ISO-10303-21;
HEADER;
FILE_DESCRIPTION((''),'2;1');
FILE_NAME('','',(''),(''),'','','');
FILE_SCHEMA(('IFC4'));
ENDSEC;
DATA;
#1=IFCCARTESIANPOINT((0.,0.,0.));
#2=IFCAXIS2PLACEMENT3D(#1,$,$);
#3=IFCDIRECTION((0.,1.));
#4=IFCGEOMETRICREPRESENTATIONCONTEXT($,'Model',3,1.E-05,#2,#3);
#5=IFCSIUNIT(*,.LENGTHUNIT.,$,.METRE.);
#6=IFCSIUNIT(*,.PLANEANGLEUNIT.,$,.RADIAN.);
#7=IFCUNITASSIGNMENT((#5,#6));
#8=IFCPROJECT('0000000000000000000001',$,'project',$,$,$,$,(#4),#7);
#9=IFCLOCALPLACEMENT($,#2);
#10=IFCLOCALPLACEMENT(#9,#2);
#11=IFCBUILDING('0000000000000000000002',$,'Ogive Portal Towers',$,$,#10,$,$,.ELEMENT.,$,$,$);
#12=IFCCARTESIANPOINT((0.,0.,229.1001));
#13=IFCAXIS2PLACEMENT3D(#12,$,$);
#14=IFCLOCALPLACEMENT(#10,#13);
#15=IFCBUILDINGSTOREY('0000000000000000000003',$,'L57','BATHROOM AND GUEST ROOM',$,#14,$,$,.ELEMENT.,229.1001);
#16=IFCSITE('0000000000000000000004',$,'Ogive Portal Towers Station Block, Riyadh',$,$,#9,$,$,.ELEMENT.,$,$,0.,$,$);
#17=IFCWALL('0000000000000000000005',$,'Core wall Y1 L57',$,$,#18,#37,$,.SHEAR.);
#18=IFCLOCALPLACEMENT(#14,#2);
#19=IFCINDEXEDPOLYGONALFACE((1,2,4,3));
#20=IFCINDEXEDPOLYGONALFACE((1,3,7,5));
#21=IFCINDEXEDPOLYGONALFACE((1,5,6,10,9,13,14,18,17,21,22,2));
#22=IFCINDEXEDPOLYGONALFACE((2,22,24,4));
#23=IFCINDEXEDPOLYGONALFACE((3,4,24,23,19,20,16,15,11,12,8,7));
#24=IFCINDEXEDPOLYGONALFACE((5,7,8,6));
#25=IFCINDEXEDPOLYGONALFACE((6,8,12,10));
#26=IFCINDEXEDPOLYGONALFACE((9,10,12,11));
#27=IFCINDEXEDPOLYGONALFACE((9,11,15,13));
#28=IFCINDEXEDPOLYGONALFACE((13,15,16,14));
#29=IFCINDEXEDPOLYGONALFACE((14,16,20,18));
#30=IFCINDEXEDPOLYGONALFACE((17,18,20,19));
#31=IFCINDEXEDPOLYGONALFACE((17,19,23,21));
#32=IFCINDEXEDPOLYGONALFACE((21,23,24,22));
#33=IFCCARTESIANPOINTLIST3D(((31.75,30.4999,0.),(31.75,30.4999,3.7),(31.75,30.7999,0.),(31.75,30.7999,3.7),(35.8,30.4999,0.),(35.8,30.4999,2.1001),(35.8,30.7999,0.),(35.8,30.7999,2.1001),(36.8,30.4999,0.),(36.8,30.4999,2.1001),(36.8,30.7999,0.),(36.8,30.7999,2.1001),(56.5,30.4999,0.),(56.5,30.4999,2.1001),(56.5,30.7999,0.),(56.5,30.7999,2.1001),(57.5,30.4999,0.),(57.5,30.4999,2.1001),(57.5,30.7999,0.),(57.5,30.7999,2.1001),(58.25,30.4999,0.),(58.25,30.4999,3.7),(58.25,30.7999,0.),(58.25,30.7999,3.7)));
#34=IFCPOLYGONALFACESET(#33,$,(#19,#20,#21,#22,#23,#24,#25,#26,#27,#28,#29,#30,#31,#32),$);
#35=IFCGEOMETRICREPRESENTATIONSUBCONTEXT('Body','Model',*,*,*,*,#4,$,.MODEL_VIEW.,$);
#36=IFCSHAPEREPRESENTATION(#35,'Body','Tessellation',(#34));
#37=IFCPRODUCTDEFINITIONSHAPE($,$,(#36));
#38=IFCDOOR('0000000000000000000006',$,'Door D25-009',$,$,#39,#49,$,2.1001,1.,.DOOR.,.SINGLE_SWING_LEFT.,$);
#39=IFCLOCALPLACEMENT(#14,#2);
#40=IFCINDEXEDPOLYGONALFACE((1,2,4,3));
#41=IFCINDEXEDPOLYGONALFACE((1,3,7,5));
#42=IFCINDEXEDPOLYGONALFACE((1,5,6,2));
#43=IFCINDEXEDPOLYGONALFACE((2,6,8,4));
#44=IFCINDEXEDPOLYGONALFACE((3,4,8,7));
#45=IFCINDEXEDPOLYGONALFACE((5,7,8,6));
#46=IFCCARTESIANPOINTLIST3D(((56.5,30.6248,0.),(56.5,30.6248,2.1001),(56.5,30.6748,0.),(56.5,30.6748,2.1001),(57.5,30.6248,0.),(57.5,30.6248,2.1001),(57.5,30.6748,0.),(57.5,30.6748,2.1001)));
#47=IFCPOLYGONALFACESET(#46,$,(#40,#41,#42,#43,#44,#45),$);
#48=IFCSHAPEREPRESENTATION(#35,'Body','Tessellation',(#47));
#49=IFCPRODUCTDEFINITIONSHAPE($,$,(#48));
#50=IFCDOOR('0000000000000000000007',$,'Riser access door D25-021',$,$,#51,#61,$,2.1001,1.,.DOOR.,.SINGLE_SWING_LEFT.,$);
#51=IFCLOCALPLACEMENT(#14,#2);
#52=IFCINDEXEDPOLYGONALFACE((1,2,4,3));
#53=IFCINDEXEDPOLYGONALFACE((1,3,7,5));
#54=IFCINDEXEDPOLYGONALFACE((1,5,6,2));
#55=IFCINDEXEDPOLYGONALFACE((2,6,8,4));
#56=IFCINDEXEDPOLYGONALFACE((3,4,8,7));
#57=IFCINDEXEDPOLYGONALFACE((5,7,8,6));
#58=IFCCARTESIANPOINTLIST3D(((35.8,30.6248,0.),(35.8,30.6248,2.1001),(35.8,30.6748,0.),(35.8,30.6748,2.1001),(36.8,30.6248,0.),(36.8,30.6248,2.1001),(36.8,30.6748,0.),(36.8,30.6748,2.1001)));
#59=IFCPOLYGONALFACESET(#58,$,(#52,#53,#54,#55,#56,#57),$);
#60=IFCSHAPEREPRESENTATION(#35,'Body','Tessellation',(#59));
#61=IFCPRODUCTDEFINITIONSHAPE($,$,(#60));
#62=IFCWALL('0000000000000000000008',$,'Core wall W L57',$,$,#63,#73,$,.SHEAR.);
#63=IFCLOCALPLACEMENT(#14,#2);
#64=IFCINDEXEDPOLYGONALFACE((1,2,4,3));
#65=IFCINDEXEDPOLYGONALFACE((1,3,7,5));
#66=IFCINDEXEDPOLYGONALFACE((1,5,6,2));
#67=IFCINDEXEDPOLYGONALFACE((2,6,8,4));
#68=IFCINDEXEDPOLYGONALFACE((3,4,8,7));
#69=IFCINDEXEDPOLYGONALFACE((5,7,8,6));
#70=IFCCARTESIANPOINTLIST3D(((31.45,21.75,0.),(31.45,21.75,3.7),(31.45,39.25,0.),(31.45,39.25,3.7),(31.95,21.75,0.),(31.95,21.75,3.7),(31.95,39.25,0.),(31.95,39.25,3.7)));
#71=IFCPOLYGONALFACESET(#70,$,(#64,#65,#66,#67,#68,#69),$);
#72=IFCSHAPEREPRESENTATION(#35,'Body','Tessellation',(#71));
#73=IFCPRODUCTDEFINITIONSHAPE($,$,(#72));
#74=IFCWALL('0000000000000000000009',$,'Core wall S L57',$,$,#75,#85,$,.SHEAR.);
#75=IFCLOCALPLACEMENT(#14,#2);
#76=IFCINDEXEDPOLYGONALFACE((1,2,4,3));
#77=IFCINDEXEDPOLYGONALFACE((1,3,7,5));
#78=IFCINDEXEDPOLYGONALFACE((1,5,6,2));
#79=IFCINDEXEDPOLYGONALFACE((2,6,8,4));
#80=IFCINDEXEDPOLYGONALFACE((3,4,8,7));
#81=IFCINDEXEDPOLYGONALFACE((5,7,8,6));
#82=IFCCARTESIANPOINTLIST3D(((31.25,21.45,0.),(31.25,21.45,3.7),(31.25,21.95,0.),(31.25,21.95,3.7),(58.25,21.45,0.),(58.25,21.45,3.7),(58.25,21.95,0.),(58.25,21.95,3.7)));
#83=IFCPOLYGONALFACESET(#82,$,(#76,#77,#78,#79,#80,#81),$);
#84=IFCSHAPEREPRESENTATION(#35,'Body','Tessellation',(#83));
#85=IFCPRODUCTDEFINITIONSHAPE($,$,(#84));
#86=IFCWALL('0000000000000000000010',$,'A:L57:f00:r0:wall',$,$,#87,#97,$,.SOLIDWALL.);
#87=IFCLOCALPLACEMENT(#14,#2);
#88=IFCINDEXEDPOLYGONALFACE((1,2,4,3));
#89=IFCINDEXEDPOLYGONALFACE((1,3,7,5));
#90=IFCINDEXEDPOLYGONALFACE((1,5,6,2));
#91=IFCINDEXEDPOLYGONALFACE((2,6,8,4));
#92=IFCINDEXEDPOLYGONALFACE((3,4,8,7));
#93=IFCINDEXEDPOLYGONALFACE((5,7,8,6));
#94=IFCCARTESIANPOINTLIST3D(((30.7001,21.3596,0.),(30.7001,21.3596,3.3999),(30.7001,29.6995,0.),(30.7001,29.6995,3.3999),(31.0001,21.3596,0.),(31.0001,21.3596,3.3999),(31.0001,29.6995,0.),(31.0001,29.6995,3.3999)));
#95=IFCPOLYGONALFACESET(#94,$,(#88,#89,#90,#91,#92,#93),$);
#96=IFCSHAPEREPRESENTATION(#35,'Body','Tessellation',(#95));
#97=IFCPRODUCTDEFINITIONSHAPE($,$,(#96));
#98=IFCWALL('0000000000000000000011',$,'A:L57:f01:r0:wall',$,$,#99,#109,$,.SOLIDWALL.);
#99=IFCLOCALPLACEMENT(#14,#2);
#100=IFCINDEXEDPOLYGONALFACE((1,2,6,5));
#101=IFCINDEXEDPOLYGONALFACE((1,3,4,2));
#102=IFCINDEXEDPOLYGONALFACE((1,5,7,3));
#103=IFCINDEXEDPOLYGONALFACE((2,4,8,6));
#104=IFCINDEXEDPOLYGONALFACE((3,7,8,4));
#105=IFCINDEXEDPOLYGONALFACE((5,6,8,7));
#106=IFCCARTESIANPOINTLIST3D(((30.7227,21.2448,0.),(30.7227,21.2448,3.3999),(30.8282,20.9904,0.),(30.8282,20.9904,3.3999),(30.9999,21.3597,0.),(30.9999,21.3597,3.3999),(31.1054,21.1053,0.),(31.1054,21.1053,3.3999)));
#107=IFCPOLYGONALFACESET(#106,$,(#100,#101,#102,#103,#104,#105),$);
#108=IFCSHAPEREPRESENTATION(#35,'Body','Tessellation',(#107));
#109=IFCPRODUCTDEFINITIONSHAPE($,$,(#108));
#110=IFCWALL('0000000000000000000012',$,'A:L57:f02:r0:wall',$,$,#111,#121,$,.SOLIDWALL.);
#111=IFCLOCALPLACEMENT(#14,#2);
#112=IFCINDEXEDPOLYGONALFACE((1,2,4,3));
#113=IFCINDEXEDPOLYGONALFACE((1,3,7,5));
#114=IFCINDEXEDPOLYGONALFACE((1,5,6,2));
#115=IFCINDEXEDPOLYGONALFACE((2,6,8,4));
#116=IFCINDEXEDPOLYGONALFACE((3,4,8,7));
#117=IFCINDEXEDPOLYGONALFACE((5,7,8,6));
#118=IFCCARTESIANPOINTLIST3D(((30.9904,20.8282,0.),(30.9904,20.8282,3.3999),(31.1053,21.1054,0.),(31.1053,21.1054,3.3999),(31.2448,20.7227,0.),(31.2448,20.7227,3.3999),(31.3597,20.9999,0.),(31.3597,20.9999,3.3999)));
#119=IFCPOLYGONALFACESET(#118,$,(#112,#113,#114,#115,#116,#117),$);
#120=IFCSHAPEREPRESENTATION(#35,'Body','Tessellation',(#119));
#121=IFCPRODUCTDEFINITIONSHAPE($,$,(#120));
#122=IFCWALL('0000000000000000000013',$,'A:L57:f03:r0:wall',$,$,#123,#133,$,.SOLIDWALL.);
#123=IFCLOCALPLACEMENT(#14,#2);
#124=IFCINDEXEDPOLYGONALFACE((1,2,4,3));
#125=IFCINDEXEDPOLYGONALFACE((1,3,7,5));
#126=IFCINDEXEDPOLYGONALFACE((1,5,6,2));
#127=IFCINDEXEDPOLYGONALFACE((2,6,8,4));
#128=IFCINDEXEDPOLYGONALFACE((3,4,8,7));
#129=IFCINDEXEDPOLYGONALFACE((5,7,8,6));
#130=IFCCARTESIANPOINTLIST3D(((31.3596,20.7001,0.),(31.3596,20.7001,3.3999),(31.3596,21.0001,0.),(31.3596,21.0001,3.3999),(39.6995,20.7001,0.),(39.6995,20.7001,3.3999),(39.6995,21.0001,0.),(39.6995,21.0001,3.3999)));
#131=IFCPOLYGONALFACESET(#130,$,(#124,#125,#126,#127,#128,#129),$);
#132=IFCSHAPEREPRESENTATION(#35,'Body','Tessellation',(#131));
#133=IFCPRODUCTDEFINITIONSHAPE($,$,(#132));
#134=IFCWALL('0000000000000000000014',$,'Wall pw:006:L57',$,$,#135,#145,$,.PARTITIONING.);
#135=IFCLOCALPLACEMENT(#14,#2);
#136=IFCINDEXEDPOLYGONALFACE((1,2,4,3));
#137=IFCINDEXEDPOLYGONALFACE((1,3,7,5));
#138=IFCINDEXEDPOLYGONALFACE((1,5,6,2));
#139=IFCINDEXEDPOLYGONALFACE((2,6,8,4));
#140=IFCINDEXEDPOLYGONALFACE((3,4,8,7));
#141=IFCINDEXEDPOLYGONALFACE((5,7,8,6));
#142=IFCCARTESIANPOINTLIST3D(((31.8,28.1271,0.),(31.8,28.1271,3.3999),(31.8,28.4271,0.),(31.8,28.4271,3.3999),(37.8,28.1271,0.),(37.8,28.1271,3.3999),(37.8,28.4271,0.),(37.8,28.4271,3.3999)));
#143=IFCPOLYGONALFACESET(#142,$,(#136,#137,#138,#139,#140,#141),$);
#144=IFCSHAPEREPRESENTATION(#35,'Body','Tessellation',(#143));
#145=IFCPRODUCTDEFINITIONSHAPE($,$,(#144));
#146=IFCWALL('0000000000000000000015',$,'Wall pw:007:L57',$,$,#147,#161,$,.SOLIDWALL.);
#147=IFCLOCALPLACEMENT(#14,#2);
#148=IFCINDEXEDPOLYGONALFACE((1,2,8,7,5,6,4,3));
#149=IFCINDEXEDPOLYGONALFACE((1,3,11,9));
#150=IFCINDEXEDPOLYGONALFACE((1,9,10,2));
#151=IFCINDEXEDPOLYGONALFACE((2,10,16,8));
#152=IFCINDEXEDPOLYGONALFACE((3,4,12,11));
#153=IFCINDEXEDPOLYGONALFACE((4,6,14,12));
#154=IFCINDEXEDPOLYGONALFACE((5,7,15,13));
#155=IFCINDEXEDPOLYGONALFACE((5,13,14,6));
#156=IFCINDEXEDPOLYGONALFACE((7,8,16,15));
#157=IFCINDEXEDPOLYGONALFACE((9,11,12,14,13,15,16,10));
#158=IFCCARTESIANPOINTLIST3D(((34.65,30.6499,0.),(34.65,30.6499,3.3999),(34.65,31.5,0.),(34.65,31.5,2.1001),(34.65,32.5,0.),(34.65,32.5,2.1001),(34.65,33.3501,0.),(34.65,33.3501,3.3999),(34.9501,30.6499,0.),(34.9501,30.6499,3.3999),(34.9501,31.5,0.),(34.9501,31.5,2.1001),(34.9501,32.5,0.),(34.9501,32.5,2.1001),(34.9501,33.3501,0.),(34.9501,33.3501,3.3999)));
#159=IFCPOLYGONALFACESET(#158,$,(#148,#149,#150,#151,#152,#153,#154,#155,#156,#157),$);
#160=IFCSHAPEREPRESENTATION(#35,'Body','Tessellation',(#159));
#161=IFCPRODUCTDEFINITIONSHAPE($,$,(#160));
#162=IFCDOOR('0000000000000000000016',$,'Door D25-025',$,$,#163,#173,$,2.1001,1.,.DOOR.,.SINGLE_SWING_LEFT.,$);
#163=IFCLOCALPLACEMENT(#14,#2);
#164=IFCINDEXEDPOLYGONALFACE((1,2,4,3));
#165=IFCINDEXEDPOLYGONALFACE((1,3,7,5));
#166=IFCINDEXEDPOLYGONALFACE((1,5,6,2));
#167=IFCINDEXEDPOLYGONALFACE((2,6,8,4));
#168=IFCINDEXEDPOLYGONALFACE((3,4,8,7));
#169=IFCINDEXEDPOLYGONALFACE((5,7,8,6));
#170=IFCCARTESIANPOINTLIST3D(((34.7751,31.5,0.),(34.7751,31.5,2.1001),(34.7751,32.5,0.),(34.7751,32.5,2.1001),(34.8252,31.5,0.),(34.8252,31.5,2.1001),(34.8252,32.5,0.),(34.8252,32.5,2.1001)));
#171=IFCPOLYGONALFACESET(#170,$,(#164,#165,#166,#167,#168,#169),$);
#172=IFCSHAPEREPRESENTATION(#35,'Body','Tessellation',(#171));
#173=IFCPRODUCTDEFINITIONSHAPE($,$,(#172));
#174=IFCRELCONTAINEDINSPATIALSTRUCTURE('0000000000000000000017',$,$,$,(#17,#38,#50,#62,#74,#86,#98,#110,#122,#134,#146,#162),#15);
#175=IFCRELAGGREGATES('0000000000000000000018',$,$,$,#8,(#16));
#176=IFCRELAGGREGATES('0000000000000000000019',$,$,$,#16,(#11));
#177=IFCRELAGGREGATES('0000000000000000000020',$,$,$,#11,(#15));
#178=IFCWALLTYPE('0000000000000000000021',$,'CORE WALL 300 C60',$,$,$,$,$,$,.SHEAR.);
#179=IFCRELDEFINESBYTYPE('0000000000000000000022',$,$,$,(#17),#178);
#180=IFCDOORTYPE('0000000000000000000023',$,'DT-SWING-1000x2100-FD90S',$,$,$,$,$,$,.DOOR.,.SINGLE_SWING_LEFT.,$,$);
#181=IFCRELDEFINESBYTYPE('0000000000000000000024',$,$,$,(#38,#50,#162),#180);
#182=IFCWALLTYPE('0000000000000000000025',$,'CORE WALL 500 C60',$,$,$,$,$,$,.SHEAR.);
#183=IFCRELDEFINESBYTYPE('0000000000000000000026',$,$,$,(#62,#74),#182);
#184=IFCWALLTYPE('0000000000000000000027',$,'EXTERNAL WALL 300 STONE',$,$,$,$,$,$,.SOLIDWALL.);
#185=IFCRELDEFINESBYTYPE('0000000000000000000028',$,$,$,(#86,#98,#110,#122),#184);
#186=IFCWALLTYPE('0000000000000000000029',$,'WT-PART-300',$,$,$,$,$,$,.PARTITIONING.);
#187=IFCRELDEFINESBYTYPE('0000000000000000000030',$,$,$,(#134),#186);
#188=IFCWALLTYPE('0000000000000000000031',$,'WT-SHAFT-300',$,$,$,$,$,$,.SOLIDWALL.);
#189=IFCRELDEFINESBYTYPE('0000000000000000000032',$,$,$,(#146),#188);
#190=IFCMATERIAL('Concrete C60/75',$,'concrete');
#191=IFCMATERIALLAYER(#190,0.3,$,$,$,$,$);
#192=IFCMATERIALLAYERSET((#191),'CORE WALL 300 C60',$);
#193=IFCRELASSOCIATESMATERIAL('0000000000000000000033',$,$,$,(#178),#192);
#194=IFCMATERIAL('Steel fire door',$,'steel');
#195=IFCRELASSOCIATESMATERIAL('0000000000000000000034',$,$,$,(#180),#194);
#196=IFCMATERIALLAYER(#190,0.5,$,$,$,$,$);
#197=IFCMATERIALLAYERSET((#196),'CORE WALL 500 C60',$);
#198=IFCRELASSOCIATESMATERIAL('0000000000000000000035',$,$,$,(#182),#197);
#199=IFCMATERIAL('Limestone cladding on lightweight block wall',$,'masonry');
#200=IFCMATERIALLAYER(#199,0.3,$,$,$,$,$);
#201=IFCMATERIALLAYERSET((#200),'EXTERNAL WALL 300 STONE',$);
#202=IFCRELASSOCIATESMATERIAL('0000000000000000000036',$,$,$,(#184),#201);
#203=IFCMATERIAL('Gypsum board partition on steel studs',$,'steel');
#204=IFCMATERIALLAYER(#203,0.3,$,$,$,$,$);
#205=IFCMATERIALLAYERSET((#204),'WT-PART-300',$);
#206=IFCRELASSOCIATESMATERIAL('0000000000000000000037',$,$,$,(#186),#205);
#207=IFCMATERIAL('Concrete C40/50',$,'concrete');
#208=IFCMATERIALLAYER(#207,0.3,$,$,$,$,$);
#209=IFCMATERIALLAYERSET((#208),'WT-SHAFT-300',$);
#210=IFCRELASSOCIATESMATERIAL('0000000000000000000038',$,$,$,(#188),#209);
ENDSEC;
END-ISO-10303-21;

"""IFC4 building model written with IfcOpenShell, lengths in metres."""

from ifc_helpers import new_model, si_unit, direction, frame, frame_2d, origin, place, context, subcontext, project, spatial, rectangle, extrude, material, layer, layer_set, type_object, element, fill, save


model = new_model("IFC4")

# Units and contexts
model_context = context("Model", 3, precision=1e-05, world=origin(), true_north=direction((0.0, 1.0)))
body_context = subcontext(model_context, "Body", "Model", "MODEL_VIEW")
ifc_project = project(units=[si_unit("LENGTHUNIT", "METRE"), si_unit("PLANEANGLEUNIT", "RADIAN")], contexts=[model_context])

# Site, building, storey
site_placement = place(None, origin())
site = spatial("IfcSite", under=ifc_project, at=site_placement, Name="Ogive Portal Towers Station Block, Riyadh", CompositionType="ELEMENT", RefElevation=0.0)
building_placement = place(site_placement, origin())
building = spatial("IfcBuilding", under=site, at=building_placement, Name="Ogive Portal Towers", CompositionType="ELEMENT")
storey_placement = place(building_placement, frame((0.0, 0.0, 229.1001)))
storey = spatial("IfcBuildingStorey", under=building, at=storey_placement, Name="L57", Description="BATHROOM AND GUEST ROOM", CompositionType="ELEMENT", Elevation=229.1001)

# Shared definitions
ifc_material_1 = material(Name="Concrete C40/50", Category="concrete")

# Wall, openings, doors
ifc_material_2 = material(Name="Concrete C60/75", Category="concrete")
ifc_layer_1 = layer(ifc_material_2, 0.3)
ifc_layer_set_1 = layer_set([ifc_layer_1], Name="CORE WALL 300 C60")
wall_type_1 = type_object("IfcWallType", Name="CORE WALL 300 C60", PredefinedType="SHEAR", material=ifc_layer_set_1)
wall_1_placement = place(storey_placement, frame((31.75, 30.6499, 0.0), z_axis=(0.0, 0.0, 1.0), x_axis=(1.0, 0.0, 0.0)))
wall_1 = element("IfcWall", 1, at=wall_1_placement, inside=storey, type_object=wall_type_1, Name="Core wall Y1 L57", PredefinedType="SHEAR", context=body_context, shape_type="SweptSolid", body=[
    extrude(rectangle(XDim=26.5, YDim=0.3, at=frame_2d((13.25, 0.0))), origin(), (0.0, 0.0, 1.0), 3.7),
])
opening_1_placement = place(wall_1_placement, frame((24.75, 0.0, 0.0)))
opening_1 = element("IfcOpeningElement", 2, at=opening_1_placement, cuts=wall_1, PredefinedType="OPENING", context=body_context, shape_type="SweptSolid", body=[
    extrude(rectangle(XDim=1.0, YDim=2.1001, at=frame_2d((0.5, 1.05))), frame((0.0, 0.1602, 0.0), z_axis=(0.0, -1.0, 0.0), x_axis=(1.0, 0.0, 0.0)), (0.0, 0.0, 1.0), 0.3201),
])
opening_2_placement = place(wall_1_placement, frame((4.05, 0.0, 0.0)))
opening_2 = element("IfcOpeningElement", 3, at=opening_2_placement, cuts=wall_1, PredefinedType="OPENING", context=body_context, shape_type="SweptSolid", body=[
    extrude(rectangle(XDim=1.0, YDim=2.1001, at=frame_2d((0.5, 1.05))), frame((0.0, 0.1602, 0.0), z_axis=(0.0, -1.0, 0.0), x_axis=(1.0, 0.0, 0.0)), (0.0, 0.0, 1.0), 0.3201),
])
ifc_material_3 = material(Name="Steel fire door", Category="steel")
door_type = type_object("IfcDoorType", Name="DT-SWING-1000x2100-FD90S", OperationType="SINGLE_SWING_LEFT", PredefinedType="DOOR", material=ifc_material_3)
door_1_placement = place(opening_1_placement, origin())
door_1 = element("IfcDoor", 4, at=door_1_placement, inside=storey, type_object=door_type, Name="Door D25-009", OperationType="SINGLE_SWING_LEFT", OverallHeight=2.1001, OverallWidth=1.0, PredefinedType="DOOR", context=body_context, shape_type="SweptSolid", body=[
    extrude(rectangle(XDim=1.0, YDim=2.1001, at=frame_2d((0.5, 1.05))), frame((0.0, 0.0249, 0.0), z_axis=(0.0, -1.0, 0.0), x_axis=(1.0, 0.0, 0.0)), (0.0, 0.0, 1.0), 0.05),
])
fill(opening_1, door_1)
door_2_placement = place(opening_2_placement, origin())
door_2 = element("IfcDoor", 5, at=door_2_placement, inside=storey, type_object=door_type, Name="Riser access door D25-021", OperationType="SINGLE_SWING_LEFT", OverallHeight=2.1001, OverallWidth=1.0, PredefinedType="DOOR", context=body_context, shape_type="SweptSolid", body=[
    extrude(rectangle(XDim=1.0, YDim=2.1001, at=frame_2d((0.5, 1.05))), frame((0.0, 0.0249, 0.0), z_axis=(0.0, -1.0, 0.0), x_axis=(1.0, 0.0, 0.0)), (0.0, 0.0, 1.0), 0.05),
])
fill(opening_2, door_2)

# Walls
ifc_layer_2 = layer(ifc_material_2, 0.5)
ifc_layer_set_2 = layer_set([ifc_layer_2], Name="CORE WALL 500 C60")
wall_type_2 = type_object("IfcWallType", Name="CORE WALL 500 C60", PredefinedType="SHEAR", material=ifc_layer_set_2)
wall_2_placement = place(storey_placement, frame((31.7, 21.75, 0.0), z_axis=(0.0, 0.0, 1.0), x_axis=(0.0, 1.0, 0.0)))
element("IfcWall", 6, at=wall_2_placement, inside=storey, type_object=wall_type_2, Name="Core wall W L57", PredefinedType="SHEAR", context=body_context, shape_type="SweptSolid", body=[
    extrude(rectangle(XDim=17.5, YDim=0.5, at=frame_2d((8.75, 0.0))), origin(), (0.0, 0.0, 1.0), 3.7),
])
wall_3_placement = place(storey_placement, frame((31.25, 21.7, 0.0), z_axis=(0.0, 0.0, 1.0), x_axis=(1.0, 0.0, 0.0)))
element("IfcWall", 7, at=wall_3_placement, inside=storey, type_object=wall_type_2, Name="Core wall S L57", PredefinedType="SHEAR", context=body_context, shape_type="SweptSolid", body=[
    extrude(rectangle(XDim=27.0, YDim=0.5, at=frame_2d((13.5, 0.0))), origin(), (0.0, 0.0, 1.0), 3.7),
])
ifc_material_4 = material(Name="Limestone cladding on lightweight block wall", Category="masonry")
ifc_layer_3 = layer(ifc_material_4, 0.3)
ifc_layer_set_3 = layer_set([ifc_layer_3], Name="EXTERNAL WALL 300 STONE")
wall_type_3 = type_object("IfcWallType", Name="EXTERNAL WALL 300 STONE", PredefinedType="SOLIDWALL", material=ifc_layer_set_3)
wall_4_placement = place(storey_placement, frame((30.8501, 29.6995, 0.0), z_axis=(0.0, 0.0, 1.0), x_axis=(0.0, -1.0, 0.0)))
element("IfcWall", 8, at=wall_4_placement, inside=storey, type_object=wall_type_3, Name="A:L57:f00:r0:wall", PredefinedType="SOLIDWALL", context=body_context, shape_type="SweptSolid", body=[
    extrude(rectangle(XDim=8.3398, YDim=0.3, at=frame_2d((4.1699, 0.0))), origin(), (0.0, 0.0, 1.0), 3.3999),
])
for number, where, z_axis, x_axis, name in (
    (9, (30.8613, 21.3022, 0.0), (0.0, 0.0, 1.0), (0.382978, -0.923757, 0.0), "A:L57:f01:r0:wall"),
    (10, (31.0479, 20.9668, 0.0), (0.0, 0.0, 1.0), (0.923757, -0.382978, 0.0), "A:L57:f02:r0:wall"),
):
    element("IfcWall", number, at=place(storey_placement, frame(where, z_axis=z_axis, x_axis=x_axis)), inside=storey, type_object=wall_type_3, Name=name, PredefinedType="SOLIDWALL", context=body_context, shape_type="SweptSolid", body=[
        extrude(rectangle(XDim=0.2754, YDim=0.3, at=frame_2d((0.1377, 0.0))), origin(), (0.0, 0.0, 1.0), 3.3999),
    ])
wall_5_placement = place(storey_placement, frame((31.3596, 20.8501, 0.0), z_axis=(0.0, 0.0, 1.0), x_axis=(1.0, 0.0, 0.0)))
element("IfcWall", 11, at=wall_5_placement, inside=storey, type_object=wall_type_3, Name="A:L57:f03:r0:wall", PredefinedType="SOLIDWALL", context=body_context, shape_type="SweptSolid", body=[
    extrude(rectangle(XDim=8.3398, YDim=0.3, at=frame_2d((4.1699, 0.0))), origin(), (0.0, 0.0, 1.0), 3.3999),
])
ifc_material_5 = material(Name="Gypsum board partition on steel studs", Category="steel")
ifc_layer_4 = layer(ifc_material_5, 0.3)
ifc_layer_set_4 = layer_set([ifc_layer_4], Name="WT-PART-300")
wall_type_4 = type_object("IfcWallType", Name="WT-PART-300", PredefinedType="PARTITIONING", material=ifc_layer_set_4)
wall_6_placement = place(storey_placement, frame((31.8, 28.2771, 0.0), z_axis=(0.0, 0.0, 1.0), x_axis=(1.0, 0.0, 0.0)))
element("IfcWall", 12, at=wall_6_placement, inside=storey, type_object=wall_type_4, Name="Wall pw:006:L57", PredefinedType="PARTITIONING", context=body_context, shape_type="SweptSolid", body=[
    extrude(rectangle(XDim=6.0, YDim=0.3, at=frame_2d((3.0, 0.0))), origin(), (0.0, 0.0, 1.0), 3.3999),
])

# Wall, opening, door
ifc_layer_5 = layer(ifc_material_1, 0.3)
ifc_layer_set_5 = layer_set([ifc_layer_5], Name="WT-SHAFT-300")
wall_type_5 = type_object("IfcWallType", Name="WT-SHAFT-300", PredefinedType="SOLIDWALL", material=ifc_layer_set_5)
wall_7_placement = place(storey_placement, frame((34.8, 30.6499, 0.0), z_axis=(0.0, 0.0, 1.0), x_axis=(0.0, 1.0, 0.0)))
wall_7 = element("IfcWall", 13, at=wall_7_placement, inside=storey, type_object=wall_type_5, Name="Wall pw:007:L57", PredefinedType="SOLIDWALL", context=body_context, shape_type="SweptSolid", body=[
    extrude(rectangle(XDim=2.7002, YDim=0.3, at=frame_2d((1.3501, 0.0))), origin(), (0.0, 0.0, 1.0), 3.3999),
])
opening_3_placement = place(wall_7_placement, frame((0.8501, 0.0, 0.0)))
opening_3 = element("IfcOpeningElement", 14, at=opening_3_placement, cuts=wall_7, PredefinedType="OPENING", context=body_context, shape_type="SweptSolid", body=[
    extrude(rectangle(XDim=1.0, YDim=2.1001, at=frame_2d((0.5, 1.05))), frame((0.0, 0.1602, 0.0), z_axis=(0.0, -1.0, 0.0), x_axis=(1.0, 0.0, 0.0)), (0.0, 0.0, 1.0), 0.3201),
])
door_3_placement = place(opening_3_placement, origin())
door_3 = element("IfcDoor", 15, at=door_3_placement, inside=storey, type_object=door_type, Name="Door D25-025", OperationType="SINGLE_SWING_LEFT", OverallHeight=2.1001, OverallWidth=1.0, PredefinedType="DOOR", context=body_context, shape_type="SweptSolid", body=[
    extrude(rectangle(XDim=1.0, YDim=2.1001, at=frame_2d((0.5, 1.05))), frame((0.0, 0.0249, 0.0), z_axis=(0.0, -1.0, 0.0), x_axis=(1.0, 0.0, 0.0)), (0.0, 0.0, 1.0), 0.05),
])
fill(opening_3, door_3)

save(model, "model.ifc")
